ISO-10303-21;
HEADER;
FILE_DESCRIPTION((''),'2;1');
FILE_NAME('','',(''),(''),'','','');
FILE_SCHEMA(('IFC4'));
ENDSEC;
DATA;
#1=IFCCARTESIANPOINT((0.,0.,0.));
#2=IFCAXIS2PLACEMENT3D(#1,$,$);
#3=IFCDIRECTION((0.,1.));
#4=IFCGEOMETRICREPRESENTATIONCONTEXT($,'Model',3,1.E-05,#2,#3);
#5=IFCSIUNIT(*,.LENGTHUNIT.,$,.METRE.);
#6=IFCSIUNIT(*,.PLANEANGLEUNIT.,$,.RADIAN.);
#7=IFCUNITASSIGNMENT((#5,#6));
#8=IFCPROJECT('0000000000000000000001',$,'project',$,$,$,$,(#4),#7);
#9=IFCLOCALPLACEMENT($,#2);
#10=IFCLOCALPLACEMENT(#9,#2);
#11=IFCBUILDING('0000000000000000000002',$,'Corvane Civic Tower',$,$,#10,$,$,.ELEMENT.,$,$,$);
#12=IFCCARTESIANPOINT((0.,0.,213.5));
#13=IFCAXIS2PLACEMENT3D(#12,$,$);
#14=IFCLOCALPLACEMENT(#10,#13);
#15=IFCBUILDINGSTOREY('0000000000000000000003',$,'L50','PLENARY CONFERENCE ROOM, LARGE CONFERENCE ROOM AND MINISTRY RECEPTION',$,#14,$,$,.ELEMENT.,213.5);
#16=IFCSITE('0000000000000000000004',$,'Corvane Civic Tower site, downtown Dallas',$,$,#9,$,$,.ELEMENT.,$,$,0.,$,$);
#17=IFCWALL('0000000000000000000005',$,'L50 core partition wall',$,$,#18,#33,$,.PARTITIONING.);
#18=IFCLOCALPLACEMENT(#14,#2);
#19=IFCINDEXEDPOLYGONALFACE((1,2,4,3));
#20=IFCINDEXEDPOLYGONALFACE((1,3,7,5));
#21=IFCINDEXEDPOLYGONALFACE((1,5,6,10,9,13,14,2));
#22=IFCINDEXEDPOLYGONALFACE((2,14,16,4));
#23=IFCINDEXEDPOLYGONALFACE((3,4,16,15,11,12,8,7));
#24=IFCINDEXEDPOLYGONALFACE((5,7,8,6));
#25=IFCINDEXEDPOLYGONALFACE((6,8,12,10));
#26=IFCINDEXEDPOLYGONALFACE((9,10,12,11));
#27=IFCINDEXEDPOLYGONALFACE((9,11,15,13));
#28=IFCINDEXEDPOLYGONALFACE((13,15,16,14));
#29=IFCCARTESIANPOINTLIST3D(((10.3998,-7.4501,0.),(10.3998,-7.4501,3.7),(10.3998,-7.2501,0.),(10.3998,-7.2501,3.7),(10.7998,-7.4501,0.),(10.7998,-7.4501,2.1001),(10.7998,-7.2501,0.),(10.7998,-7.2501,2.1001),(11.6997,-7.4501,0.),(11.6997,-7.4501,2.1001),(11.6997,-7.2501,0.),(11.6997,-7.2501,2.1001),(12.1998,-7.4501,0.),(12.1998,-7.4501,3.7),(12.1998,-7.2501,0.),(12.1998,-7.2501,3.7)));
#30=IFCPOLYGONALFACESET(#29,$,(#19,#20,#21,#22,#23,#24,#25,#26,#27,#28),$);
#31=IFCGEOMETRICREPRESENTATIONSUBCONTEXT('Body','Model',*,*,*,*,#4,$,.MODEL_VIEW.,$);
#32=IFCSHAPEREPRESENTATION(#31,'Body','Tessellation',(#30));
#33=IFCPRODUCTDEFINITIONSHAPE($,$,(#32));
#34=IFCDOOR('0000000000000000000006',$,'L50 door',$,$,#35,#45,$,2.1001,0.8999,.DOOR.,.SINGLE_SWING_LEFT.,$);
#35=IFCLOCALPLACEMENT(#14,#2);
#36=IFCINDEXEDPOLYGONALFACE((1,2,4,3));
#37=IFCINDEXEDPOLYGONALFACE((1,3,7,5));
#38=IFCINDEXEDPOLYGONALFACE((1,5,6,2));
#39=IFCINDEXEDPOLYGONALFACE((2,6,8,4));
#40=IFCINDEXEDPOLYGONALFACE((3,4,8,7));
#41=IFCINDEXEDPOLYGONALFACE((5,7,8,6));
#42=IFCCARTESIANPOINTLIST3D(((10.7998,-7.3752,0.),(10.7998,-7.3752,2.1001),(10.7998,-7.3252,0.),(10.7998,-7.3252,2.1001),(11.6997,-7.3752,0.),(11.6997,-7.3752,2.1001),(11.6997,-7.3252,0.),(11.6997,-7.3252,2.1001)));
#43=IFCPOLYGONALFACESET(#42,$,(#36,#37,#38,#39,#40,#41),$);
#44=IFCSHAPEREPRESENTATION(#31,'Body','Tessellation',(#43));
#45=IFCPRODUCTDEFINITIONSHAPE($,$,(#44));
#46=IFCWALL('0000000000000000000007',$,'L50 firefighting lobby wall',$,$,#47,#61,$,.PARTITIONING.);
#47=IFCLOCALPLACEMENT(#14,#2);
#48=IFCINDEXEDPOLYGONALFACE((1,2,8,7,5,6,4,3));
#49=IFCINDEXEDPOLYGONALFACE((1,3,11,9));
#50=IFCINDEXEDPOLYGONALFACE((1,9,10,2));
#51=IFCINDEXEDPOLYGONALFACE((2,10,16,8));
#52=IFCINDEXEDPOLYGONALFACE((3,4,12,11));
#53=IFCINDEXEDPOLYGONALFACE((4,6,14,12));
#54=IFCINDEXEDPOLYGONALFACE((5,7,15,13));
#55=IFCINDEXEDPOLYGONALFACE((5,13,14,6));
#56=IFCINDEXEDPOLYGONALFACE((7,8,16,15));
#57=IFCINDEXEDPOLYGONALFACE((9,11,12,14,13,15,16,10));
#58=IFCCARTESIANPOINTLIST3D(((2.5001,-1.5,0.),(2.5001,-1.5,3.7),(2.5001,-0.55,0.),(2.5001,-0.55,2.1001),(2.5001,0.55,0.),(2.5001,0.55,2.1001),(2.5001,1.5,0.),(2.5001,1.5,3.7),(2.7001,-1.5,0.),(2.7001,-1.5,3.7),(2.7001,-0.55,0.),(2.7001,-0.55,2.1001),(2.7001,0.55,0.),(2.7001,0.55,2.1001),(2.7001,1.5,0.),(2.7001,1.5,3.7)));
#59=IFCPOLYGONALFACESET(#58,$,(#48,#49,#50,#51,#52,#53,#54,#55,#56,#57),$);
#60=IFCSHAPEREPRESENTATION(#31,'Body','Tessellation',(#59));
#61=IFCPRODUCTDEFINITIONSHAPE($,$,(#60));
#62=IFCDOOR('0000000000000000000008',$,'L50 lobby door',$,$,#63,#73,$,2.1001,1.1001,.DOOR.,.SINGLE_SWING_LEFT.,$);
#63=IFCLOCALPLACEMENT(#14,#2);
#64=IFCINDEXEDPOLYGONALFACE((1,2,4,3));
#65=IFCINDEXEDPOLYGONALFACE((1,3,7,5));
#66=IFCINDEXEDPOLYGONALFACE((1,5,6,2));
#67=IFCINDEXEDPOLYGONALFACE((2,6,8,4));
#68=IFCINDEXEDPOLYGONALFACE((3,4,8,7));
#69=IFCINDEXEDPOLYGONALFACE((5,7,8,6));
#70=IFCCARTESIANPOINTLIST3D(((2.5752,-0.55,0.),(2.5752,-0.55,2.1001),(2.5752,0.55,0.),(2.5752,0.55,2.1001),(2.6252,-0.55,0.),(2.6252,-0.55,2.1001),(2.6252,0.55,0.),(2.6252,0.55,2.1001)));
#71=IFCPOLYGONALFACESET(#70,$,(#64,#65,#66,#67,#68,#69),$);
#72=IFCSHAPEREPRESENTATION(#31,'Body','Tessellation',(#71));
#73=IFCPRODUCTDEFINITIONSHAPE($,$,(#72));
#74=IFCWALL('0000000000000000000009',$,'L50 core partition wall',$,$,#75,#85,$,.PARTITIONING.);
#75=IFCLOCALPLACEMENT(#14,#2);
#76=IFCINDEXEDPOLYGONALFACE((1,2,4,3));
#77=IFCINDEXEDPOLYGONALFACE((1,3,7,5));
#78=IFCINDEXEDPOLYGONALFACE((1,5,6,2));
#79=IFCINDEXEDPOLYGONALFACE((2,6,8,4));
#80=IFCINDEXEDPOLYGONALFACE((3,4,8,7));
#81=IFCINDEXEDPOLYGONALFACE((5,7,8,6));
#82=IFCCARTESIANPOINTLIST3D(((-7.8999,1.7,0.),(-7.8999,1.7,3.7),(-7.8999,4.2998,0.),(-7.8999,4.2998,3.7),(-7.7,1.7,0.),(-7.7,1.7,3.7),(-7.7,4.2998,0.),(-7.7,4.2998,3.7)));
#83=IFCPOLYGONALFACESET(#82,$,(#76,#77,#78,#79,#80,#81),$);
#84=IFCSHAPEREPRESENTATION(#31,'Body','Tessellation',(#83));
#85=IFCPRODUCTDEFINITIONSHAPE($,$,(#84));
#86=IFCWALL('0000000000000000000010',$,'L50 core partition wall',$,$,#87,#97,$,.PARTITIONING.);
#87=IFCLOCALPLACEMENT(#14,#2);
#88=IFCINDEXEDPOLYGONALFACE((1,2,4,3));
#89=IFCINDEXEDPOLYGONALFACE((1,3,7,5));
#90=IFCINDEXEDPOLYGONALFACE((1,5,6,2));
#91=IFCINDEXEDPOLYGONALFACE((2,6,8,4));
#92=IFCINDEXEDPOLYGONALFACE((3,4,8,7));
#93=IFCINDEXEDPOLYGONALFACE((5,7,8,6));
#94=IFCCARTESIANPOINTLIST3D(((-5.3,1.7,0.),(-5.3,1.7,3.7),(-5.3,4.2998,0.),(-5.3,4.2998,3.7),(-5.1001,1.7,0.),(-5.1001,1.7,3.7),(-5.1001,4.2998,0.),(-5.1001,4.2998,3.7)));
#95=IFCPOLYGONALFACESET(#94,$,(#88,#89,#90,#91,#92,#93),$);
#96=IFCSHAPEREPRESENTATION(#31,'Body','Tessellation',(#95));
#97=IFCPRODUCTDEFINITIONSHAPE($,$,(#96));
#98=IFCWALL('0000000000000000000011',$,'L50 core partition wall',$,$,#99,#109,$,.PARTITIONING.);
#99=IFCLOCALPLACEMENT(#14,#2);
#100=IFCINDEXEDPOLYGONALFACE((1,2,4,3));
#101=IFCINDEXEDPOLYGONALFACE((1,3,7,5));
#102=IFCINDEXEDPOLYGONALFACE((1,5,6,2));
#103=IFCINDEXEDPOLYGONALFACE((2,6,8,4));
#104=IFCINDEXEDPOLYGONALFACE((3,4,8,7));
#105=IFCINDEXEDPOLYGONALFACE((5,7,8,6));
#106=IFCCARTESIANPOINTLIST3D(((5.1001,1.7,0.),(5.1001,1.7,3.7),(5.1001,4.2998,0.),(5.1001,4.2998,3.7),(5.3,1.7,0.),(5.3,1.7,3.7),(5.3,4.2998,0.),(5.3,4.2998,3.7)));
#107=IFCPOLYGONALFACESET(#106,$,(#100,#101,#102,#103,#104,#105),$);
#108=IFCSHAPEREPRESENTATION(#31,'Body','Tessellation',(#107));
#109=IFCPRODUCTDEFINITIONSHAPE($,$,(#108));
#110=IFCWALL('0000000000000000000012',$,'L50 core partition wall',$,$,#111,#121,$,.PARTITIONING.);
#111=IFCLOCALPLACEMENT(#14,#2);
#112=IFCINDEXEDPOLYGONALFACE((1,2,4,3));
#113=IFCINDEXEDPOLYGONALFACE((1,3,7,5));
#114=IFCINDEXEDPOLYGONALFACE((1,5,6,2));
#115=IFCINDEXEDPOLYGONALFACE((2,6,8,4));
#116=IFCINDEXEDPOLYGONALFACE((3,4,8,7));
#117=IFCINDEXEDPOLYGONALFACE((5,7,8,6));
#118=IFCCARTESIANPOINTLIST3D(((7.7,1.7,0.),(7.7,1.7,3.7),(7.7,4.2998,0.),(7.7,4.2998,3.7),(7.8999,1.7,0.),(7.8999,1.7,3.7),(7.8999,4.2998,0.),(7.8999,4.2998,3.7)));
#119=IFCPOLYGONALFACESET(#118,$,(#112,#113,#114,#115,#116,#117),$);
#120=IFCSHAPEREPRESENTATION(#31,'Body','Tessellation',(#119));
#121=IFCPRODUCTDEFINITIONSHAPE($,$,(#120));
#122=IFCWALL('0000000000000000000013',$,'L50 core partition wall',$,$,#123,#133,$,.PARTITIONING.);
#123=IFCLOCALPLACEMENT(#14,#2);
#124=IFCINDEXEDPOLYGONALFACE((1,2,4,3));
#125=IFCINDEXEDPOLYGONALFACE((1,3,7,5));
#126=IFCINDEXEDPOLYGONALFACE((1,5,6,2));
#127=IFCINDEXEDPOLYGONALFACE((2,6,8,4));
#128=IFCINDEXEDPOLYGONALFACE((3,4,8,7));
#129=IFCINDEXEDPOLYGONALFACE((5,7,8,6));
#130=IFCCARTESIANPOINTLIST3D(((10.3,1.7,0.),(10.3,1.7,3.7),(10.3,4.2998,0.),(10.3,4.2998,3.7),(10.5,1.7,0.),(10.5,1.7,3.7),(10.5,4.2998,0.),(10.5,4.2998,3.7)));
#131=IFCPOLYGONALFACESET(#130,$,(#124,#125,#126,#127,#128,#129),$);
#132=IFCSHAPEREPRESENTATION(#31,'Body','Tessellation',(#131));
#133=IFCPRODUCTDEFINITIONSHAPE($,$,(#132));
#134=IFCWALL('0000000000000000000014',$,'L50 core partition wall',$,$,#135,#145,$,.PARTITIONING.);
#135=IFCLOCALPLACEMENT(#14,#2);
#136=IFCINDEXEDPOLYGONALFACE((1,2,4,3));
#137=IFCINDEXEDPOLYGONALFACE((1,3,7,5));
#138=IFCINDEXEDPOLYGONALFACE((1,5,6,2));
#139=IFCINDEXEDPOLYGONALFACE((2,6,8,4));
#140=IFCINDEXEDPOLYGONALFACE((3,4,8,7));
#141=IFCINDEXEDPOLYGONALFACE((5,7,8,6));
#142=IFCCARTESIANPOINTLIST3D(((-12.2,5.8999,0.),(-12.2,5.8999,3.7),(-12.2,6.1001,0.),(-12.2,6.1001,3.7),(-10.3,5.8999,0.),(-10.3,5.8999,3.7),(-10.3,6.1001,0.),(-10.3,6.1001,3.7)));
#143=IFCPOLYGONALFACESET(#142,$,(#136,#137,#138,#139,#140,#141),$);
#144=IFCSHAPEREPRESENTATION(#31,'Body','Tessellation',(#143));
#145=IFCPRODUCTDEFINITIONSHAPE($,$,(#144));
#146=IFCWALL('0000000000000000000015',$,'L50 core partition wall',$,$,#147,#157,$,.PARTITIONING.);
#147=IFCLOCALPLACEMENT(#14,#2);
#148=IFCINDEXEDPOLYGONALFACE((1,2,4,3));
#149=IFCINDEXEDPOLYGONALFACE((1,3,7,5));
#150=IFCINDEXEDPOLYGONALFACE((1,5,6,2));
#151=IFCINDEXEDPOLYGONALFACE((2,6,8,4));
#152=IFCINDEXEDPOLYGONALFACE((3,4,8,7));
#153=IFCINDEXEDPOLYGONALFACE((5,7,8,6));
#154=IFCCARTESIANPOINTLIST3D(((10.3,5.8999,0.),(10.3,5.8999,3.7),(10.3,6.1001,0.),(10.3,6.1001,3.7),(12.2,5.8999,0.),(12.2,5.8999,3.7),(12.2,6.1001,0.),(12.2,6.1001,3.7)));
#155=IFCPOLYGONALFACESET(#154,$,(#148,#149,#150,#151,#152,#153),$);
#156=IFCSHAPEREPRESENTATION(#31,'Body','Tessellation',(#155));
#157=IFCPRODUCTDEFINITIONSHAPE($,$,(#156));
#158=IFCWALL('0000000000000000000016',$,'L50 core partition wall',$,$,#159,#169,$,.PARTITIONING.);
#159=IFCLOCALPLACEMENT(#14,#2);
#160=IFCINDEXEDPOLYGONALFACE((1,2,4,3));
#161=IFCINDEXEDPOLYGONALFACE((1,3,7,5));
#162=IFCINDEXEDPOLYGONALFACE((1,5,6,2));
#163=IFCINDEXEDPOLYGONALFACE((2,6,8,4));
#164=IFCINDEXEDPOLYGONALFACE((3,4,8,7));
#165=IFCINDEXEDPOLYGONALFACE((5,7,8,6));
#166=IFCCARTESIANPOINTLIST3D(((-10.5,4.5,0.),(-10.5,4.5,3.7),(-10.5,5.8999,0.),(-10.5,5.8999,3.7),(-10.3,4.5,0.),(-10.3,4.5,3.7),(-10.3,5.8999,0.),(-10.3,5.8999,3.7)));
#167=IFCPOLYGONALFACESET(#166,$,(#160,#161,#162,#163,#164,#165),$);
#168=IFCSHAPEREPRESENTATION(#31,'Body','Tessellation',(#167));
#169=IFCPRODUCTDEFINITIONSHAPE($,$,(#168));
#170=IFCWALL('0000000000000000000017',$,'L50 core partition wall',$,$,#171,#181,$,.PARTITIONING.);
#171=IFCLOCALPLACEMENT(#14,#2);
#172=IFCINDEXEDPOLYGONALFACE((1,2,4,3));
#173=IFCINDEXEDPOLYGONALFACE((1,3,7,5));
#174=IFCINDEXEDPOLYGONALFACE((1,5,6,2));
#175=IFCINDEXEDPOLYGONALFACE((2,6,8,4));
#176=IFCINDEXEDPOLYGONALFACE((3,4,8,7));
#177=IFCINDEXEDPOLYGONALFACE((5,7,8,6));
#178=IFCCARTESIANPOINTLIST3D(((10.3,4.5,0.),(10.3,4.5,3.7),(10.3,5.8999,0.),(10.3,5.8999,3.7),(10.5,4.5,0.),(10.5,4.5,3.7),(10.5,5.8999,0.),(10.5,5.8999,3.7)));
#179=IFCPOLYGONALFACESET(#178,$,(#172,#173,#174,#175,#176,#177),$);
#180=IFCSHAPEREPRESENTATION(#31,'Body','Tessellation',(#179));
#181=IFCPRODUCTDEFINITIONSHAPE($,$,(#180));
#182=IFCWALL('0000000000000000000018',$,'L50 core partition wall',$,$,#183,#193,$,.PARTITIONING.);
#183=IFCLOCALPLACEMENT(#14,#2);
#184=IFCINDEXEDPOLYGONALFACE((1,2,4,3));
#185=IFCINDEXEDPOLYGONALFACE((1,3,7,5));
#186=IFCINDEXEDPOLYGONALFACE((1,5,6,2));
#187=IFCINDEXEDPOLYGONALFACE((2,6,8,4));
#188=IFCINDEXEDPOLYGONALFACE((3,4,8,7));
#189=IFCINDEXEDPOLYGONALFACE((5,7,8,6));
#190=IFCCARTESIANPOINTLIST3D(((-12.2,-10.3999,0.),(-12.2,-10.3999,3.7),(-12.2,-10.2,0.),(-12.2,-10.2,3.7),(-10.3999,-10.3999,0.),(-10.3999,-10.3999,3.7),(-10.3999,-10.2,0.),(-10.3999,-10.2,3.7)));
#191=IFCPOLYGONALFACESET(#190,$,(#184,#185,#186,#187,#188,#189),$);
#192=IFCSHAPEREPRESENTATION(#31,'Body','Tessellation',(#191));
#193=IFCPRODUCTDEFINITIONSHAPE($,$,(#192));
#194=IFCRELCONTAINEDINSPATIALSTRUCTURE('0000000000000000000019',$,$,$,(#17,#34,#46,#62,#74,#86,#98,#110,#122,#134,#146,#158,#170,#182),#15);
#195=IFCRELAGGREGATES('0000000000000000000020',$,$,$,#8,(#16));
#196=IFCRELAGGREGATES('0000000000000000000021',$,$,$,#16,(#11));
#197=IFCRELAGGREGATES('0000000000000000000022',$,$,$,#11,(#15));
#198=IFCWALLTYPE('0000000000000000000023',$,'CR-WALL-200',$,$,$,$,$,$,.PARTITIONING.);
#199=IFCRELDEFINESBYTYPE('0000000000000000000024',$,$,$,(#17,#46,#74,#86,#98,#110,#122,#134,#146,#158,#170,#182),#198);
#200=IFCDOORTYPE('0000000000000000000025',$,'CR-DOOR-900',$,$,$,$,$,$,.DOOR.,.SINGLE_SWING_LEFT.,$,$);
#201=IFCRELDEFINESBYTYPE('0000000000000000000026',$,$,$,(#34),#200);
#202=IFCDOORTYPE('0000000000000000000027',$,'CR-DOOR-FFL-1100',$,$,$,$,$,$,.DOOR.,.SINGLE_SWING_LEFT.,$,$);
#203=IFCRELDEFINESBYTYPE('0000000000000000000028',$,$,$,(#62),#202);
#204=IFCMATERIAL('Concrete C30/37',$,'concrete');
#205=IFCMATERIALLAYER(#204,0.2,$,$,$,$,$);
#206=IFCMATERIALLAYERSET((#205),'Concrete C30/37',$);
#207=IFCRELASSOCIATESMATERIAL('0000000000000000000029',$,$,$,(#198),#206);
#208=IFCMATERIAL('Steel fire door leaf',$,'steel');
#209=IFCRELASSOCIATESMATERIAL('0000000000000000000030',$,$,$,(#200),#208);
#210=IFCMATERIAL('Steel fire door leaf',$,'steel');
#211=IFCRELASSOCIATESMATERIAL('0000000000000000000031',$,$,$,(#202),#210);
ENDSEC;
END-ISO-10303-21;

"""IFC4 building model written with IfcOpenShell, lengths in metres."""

from ifc_helpers import new_model, si_unit, direction, frame, frame_2d, origin, place, context, subcontext, project, spatial, polyline, rectangle, outline, extrude, material, layer, layer_set, type_object, element, fill, save


model = new_model("IFC4")

# Units and contexts
model_context = context("Model", 3, precision=1e-05, world=origin(), true_north=direction((0.0, 1.0)))
body_context = subcontext(model_context, "Body", "Model", "MODEL_VIEW")
ifc_project = project(units=[si_unit("LENGTHUNIT", "METRE"), si_unit("PLANEANGLEUNIT", "RADIAN")], contexts=[model_context])

# Site, building, storey
site_placement = place(None, origin())
site = spatial("IfcSite", under=ifc_project, at=site_placement, Name="Corvane Civic Tower site, downtown Dallas", CompositionType="ELEMENT", RefElevation=0.0)
building_placement = place(site_placement, origin())
building = spatial("IfcBuilding", under=site, at=building_placement, Name="Corvane Civic Tower", CompositionType="ELEMENT")
storey_placement = place(building_placement, frame((0.0, 0.0, 213.5)))
storey = spatial("IfcBuildingStorey", under=building, at=storey_placement, Name="L50", Description="PLENARY CONFERENCE ROOM, LARGE CONFERENCE ROOM AND MINISTRY RECEPTION", CompositionType="ELEMENT", Elevation=213.5)

# Walls, openings, doors
ifc_material_1 = material(Name="Concrete C30/37", Category="concrete")
ifc_layer_1 = layer(ifc_material_1, 0.2)
ifc_layer_set_1 = layer_set([ifc_layer_1], Name="Concrete C30/37")
wall_type_1 = type_object("IfcWallType", Name="CR-WALL-200", PredefinedType="PARTITIONING", material=ifc_layer_set_1)
wall_1_placement = place(storey_placement, frame((10.3999, -7.3501, 0.0), z_axis=(0.0, 0.0, 1.0), x_axis=(1.0, 0.0, 0.0)))
wall_1 = element("IfcWall", 1, at=wall_1_placement, inside=storey, type_object=wall_type_1, Name="L50 core partition wall", PredefinedType="PARTITIONING", context=body_context, shape_type="SweptSolid", body=[
    extrude(rectangle(XDim=1.8, YDim=0.2, at=frame_2d((0.8999, 0.0))), origin(), (0.0, 0.0, 1.0), 3.7),
])
opening_1_placement = place(wall_1_placement, frame((0.3999, 0.0, 0.0)))
opening_1 = element("IfcOpeningElement", 2, at=opening_1_placement, cuts=wall_1, PredefinedType="OPENING", context=body_context, shape_type="SweptSolid", body=[
    extrude(rectangle(XDim=0.8999, YDim=2.1001, at=frame_2d((0.45, 1.05))), frame((0.0, 0.1099, 0.0), z_axis=(0.0, -1.0, 0.0), x_axis=(1.0, 0.0, 0.0)), (0.0, 0.0, 1.0), 0.22),
])
ifc_material_2 = material(Name="Steel fire door leaf", Category="steel")
door_type_1 = type_object("IfcDoorType", Name="CR-DOOR-900", OperationType="SINGLE_SWING_LEFT", PredefinedType="DOOR", material=ifc_material_2)
door_1_placement = place(opening_1_placement, origin())
door_1 = element("IfcDoor", 3, at=door_1_placement, inside=storey, type_object=door_type_1, Name="L50 door", OperationType="SINGLE_SWING_LEFT", OverallHeight=2.1001, OverallWidth=0.8999, PredefinedType="DOOR", context=body_context, shape_type="SweptSolid", body=[
    extrude(rectangle(XDim=0.8999, YDim=2.1001, at=frame_2d((0.45, 1.05))), frame((0.0, 0.0249, 0.0), z_axis=(0.0, -1.0, 0.0), x_axis=(1.0, 0.0, 0.0)), (0.0, 0.0, 1.0), 0.05),
])
fill(opening_1, door_1)
wall_2_placement = place(storey_placement, frame((2.6001, -1.5, 0.0), z_axis=(0.0, 0.0, 1.0), x_axis=(0.0, 1.0, 0.0)))
wall_2 = element("IfcWall", 4, at=wall_2_placement, inside=storey, type_object=wall_type_1, Name="L50 firefighting lobby wall", PredefinedType="PARTITIONING", context=body_context, shape_type="SweptSolid", body=[
    extrude(rectangle(XDim=3.0, YDim=0.2, at=frame_2d((1.5, 0.0))), origin(), (0.0, 0.0, 1.0), 3.7),
])
opening_2_placement = place(wall_2_placement, frame((0.95, 0.0, 0.0)))
opening_2 = element("IfcOpeningElement", 5, at=opening_2_placement, cuts=wall_2, PredefinedType="OPENING", context=body_context, shape_type="SweptSolid", body=[
    extrude(rectangle(XDim=1.1001, YDim=2.1001, at=frame_2d((0.55, 1.05))), frame((0.0, 0.1099, 0.0), z_axis=(0.0, -1.0, 0.0), x_axis=(1.0, 0.0, 0.0)), (0.0, 0.0, 1.0), 0.22),
])
ifc_material_3 = material(Name="Steel fire door leaf", Category="steel")
door_type_2 = type_object("IfcDoorType", Name="CR-DOOR-FFL-1100", OperationType="SINGLE_SWING_LEFT", PredefinedType="DOOR", material=ifc_material_3)
door_2_placement = place(opening_2_placement, origin())
door_2 = element("IfcDoor", 6, at=door_2_placement, inside=storey, type_object=door_type_2, Name="L50 lobby door", OperationType="SINGLE_SWING_LEFT", OverallHeight=2.1001, OverallWidth=1.1001, PredefinedType="DOOR", context=body_context, shape_type="SweptSolid", body=[
    extrude(rectangle(XDim=1.1001, YDim=2.1001, at=frame_2d((0.55, 1.05))), frame((0.0, 0.0249, 0.0), z_axis=(0.0, -1.0, 0.0), x_axis=(1.0, 0.0, 0.0)), (0.0, 0.0, 1.0), 0.05),
])
fill(opening_2, door_2)

# Walls
wall_3_placement = place(storey_placement, origin())
element("IfcWall", 7, at=wall_3_placement, inside=storey, type_object=wall_type_1, Name="L50 core partition wall", PredefinedType="PARTITIONING", context=body_context, shape_type="SweptSolid", body=[
    extrude(outline(polyline([(-7.7, 1.7), (-7.8999, 1.7), (-7.8999, 4.2998), (-7.7, 4.2998), (-7.7, 1.7)])), origin(), (0.0, 0.0, 1.0), 3.7),
])
wall_4_placement = place(storey_placement, origin())
element("IfcWall", 8, at=wall_4_placement, inside=storey, type_object=wall_type_1, Name="L50 core partition wall", PredefinedType="PARTITIONING", context=body_context, shape_type="SweptSolid", body=[
    extrude(outline(polyline([(-5.1001, 1.7), (-5.3, 1.7), (-5.3, 4.2998), (-5.1001, 4.2998), (-5.1001, 1.7)])), origin(), (0.0, 0.0, 1.0), 3.7),
])
wall_5_placement = place(storey_placement, origin())
element("IfcWall", 9, at=wall_5_placement, inside=storey, type_object=wall_type_1, Name="L50 core partition wall", PredefinedType="PARTITIONING", context=body_context, shape_type="SweptSolid", body=[
    extrude(outline(polyline([(5.3, 1.7), (5.1001, 1.7), (5.1001, 4.2998), (5.3, 4.2998), (5.3, 1.7)])), origin(), (0.0, 0.0, 1.0), 3.7),
])
wall_6_placement = place(storey_placement, origin())
element("IfcWall", 10, at=wall_6_placement, inside=storey, type_object=wall_type_1, Name="L50 core partition wall", PredefinedType="PARTITIONING", context=body_context, shape_type="SweptSolid", body=[
    extrude(outline(polyline([(7.8999, 1.7), (7.7, 1.7), (7.7, 4.2998), (7.8999, 4.2998), (7.8999, 1.7)])), origin(), (0.0, 0.0, 1.0), 3.7),
])
wall_7_placement = place(storey_placement, origin())
element("IfcWall", 11, at=wall_7_placement, inside=storey, type_object=wall_type_1, Name="L50 core partition wall", PredefinedType="PARTITIONING", context=body_context, shape_type="SweptSolid", body=[
    extrude(outline(polyline([(10.5, 1.7), (10.3, 1.7), (10.3, 4.2998), (10.5, 4.2998), (10.5, 1.7)])), origin(), (0.0, 0.0, 1.0), 3.7),
])
wall_8_placement = place(storey_placement, origin())
element("IfcWall", 12, at=wall_8_placement, inside=storey, type_object=wall_type_1, Name="L50 core partition wall", PredefinedType="PARTITIONING", context=body_context, shape_type="SweptSolid", body=[
    extrude(outline(polyline([(-10.3, 5.8999), (-12.2, 5.8999), (-12.2, 6.1001), (-10.3, 6.1001), (-10.3, 5.8999)])), origin(), (0.0, 0.0, 1.0), 3.7),
])
wall_9_placement = place(storey_placement, origin())
element("IfcWall", 13, at=wall_9_placement, inside=storey, type_object=wall_type_1, Name="L50 core partition wall", PredefinedType="PARTITIONING", context=body_context, shape_type="SweptSolid", body=[
    extrude(outline(polyline([(12.2, 5.8999), (10.3, 5.8999), (10.3, 6.1001), (12.2, 6.1001), (12.2, 5.8999)])), origin(), (0.0, 0.0, 1.0), 3.7),
])
wall_10_placement = place(storey_placement, origin())
element("IfcWall", 14, at=wall_10_placement, inside=storey, type_object=wall_type_1, Name="L50 core partition wall", PredefinedType="PARTITIONING", context=body_context, shape_type="SweptSolid", body=[
    extrude(outline(polyline([(-10.3, 4.5), (-10.5, 4.5), (-10.5, 5.8999), (-10.3, 5.8999), (-10.3, 4.5)])), origin(), (0.0, 0.0, 1.0), 3.7),
])
wall_11_placement = place(storey_placement, origin())
element("IfcWall", 15, at=wall_11_placement, inside=storey, type_object=wall_type_1, Name="L50 core partition wall", PredefinedType="PARTITIONING", context=body_context, shape_type="SweptSolid", body=[
    extrude(outline(polyline([(10.5, 4.5), (10.3, 4.5), (10.3, 5.8999), (10.5, 5.8999), (10.5, 4.5)])), origin(), (0.0, 0.0, 1.0), 3.7),
])
wall_12_placement = place(storey_placement, origin())
element("IfcWall", 16, at=wall_12_placement, inside=storey, type_object=wall_type_1, Name="L50 core partition wall", PredefinedType="PARTITIONING", context=body_context, shape_type="SweptSolid", body=[
    extrude(outline(polyline([(-10.3999, -10.3999), (-12.2, -10.3999), (-12.2, -10.2), (-10.3999, -10.2), (-10.3999, -10.3999)])), origin(), (0.0, 0.0, 1.0), 3.7),
])

save(model, "model.ifc")
